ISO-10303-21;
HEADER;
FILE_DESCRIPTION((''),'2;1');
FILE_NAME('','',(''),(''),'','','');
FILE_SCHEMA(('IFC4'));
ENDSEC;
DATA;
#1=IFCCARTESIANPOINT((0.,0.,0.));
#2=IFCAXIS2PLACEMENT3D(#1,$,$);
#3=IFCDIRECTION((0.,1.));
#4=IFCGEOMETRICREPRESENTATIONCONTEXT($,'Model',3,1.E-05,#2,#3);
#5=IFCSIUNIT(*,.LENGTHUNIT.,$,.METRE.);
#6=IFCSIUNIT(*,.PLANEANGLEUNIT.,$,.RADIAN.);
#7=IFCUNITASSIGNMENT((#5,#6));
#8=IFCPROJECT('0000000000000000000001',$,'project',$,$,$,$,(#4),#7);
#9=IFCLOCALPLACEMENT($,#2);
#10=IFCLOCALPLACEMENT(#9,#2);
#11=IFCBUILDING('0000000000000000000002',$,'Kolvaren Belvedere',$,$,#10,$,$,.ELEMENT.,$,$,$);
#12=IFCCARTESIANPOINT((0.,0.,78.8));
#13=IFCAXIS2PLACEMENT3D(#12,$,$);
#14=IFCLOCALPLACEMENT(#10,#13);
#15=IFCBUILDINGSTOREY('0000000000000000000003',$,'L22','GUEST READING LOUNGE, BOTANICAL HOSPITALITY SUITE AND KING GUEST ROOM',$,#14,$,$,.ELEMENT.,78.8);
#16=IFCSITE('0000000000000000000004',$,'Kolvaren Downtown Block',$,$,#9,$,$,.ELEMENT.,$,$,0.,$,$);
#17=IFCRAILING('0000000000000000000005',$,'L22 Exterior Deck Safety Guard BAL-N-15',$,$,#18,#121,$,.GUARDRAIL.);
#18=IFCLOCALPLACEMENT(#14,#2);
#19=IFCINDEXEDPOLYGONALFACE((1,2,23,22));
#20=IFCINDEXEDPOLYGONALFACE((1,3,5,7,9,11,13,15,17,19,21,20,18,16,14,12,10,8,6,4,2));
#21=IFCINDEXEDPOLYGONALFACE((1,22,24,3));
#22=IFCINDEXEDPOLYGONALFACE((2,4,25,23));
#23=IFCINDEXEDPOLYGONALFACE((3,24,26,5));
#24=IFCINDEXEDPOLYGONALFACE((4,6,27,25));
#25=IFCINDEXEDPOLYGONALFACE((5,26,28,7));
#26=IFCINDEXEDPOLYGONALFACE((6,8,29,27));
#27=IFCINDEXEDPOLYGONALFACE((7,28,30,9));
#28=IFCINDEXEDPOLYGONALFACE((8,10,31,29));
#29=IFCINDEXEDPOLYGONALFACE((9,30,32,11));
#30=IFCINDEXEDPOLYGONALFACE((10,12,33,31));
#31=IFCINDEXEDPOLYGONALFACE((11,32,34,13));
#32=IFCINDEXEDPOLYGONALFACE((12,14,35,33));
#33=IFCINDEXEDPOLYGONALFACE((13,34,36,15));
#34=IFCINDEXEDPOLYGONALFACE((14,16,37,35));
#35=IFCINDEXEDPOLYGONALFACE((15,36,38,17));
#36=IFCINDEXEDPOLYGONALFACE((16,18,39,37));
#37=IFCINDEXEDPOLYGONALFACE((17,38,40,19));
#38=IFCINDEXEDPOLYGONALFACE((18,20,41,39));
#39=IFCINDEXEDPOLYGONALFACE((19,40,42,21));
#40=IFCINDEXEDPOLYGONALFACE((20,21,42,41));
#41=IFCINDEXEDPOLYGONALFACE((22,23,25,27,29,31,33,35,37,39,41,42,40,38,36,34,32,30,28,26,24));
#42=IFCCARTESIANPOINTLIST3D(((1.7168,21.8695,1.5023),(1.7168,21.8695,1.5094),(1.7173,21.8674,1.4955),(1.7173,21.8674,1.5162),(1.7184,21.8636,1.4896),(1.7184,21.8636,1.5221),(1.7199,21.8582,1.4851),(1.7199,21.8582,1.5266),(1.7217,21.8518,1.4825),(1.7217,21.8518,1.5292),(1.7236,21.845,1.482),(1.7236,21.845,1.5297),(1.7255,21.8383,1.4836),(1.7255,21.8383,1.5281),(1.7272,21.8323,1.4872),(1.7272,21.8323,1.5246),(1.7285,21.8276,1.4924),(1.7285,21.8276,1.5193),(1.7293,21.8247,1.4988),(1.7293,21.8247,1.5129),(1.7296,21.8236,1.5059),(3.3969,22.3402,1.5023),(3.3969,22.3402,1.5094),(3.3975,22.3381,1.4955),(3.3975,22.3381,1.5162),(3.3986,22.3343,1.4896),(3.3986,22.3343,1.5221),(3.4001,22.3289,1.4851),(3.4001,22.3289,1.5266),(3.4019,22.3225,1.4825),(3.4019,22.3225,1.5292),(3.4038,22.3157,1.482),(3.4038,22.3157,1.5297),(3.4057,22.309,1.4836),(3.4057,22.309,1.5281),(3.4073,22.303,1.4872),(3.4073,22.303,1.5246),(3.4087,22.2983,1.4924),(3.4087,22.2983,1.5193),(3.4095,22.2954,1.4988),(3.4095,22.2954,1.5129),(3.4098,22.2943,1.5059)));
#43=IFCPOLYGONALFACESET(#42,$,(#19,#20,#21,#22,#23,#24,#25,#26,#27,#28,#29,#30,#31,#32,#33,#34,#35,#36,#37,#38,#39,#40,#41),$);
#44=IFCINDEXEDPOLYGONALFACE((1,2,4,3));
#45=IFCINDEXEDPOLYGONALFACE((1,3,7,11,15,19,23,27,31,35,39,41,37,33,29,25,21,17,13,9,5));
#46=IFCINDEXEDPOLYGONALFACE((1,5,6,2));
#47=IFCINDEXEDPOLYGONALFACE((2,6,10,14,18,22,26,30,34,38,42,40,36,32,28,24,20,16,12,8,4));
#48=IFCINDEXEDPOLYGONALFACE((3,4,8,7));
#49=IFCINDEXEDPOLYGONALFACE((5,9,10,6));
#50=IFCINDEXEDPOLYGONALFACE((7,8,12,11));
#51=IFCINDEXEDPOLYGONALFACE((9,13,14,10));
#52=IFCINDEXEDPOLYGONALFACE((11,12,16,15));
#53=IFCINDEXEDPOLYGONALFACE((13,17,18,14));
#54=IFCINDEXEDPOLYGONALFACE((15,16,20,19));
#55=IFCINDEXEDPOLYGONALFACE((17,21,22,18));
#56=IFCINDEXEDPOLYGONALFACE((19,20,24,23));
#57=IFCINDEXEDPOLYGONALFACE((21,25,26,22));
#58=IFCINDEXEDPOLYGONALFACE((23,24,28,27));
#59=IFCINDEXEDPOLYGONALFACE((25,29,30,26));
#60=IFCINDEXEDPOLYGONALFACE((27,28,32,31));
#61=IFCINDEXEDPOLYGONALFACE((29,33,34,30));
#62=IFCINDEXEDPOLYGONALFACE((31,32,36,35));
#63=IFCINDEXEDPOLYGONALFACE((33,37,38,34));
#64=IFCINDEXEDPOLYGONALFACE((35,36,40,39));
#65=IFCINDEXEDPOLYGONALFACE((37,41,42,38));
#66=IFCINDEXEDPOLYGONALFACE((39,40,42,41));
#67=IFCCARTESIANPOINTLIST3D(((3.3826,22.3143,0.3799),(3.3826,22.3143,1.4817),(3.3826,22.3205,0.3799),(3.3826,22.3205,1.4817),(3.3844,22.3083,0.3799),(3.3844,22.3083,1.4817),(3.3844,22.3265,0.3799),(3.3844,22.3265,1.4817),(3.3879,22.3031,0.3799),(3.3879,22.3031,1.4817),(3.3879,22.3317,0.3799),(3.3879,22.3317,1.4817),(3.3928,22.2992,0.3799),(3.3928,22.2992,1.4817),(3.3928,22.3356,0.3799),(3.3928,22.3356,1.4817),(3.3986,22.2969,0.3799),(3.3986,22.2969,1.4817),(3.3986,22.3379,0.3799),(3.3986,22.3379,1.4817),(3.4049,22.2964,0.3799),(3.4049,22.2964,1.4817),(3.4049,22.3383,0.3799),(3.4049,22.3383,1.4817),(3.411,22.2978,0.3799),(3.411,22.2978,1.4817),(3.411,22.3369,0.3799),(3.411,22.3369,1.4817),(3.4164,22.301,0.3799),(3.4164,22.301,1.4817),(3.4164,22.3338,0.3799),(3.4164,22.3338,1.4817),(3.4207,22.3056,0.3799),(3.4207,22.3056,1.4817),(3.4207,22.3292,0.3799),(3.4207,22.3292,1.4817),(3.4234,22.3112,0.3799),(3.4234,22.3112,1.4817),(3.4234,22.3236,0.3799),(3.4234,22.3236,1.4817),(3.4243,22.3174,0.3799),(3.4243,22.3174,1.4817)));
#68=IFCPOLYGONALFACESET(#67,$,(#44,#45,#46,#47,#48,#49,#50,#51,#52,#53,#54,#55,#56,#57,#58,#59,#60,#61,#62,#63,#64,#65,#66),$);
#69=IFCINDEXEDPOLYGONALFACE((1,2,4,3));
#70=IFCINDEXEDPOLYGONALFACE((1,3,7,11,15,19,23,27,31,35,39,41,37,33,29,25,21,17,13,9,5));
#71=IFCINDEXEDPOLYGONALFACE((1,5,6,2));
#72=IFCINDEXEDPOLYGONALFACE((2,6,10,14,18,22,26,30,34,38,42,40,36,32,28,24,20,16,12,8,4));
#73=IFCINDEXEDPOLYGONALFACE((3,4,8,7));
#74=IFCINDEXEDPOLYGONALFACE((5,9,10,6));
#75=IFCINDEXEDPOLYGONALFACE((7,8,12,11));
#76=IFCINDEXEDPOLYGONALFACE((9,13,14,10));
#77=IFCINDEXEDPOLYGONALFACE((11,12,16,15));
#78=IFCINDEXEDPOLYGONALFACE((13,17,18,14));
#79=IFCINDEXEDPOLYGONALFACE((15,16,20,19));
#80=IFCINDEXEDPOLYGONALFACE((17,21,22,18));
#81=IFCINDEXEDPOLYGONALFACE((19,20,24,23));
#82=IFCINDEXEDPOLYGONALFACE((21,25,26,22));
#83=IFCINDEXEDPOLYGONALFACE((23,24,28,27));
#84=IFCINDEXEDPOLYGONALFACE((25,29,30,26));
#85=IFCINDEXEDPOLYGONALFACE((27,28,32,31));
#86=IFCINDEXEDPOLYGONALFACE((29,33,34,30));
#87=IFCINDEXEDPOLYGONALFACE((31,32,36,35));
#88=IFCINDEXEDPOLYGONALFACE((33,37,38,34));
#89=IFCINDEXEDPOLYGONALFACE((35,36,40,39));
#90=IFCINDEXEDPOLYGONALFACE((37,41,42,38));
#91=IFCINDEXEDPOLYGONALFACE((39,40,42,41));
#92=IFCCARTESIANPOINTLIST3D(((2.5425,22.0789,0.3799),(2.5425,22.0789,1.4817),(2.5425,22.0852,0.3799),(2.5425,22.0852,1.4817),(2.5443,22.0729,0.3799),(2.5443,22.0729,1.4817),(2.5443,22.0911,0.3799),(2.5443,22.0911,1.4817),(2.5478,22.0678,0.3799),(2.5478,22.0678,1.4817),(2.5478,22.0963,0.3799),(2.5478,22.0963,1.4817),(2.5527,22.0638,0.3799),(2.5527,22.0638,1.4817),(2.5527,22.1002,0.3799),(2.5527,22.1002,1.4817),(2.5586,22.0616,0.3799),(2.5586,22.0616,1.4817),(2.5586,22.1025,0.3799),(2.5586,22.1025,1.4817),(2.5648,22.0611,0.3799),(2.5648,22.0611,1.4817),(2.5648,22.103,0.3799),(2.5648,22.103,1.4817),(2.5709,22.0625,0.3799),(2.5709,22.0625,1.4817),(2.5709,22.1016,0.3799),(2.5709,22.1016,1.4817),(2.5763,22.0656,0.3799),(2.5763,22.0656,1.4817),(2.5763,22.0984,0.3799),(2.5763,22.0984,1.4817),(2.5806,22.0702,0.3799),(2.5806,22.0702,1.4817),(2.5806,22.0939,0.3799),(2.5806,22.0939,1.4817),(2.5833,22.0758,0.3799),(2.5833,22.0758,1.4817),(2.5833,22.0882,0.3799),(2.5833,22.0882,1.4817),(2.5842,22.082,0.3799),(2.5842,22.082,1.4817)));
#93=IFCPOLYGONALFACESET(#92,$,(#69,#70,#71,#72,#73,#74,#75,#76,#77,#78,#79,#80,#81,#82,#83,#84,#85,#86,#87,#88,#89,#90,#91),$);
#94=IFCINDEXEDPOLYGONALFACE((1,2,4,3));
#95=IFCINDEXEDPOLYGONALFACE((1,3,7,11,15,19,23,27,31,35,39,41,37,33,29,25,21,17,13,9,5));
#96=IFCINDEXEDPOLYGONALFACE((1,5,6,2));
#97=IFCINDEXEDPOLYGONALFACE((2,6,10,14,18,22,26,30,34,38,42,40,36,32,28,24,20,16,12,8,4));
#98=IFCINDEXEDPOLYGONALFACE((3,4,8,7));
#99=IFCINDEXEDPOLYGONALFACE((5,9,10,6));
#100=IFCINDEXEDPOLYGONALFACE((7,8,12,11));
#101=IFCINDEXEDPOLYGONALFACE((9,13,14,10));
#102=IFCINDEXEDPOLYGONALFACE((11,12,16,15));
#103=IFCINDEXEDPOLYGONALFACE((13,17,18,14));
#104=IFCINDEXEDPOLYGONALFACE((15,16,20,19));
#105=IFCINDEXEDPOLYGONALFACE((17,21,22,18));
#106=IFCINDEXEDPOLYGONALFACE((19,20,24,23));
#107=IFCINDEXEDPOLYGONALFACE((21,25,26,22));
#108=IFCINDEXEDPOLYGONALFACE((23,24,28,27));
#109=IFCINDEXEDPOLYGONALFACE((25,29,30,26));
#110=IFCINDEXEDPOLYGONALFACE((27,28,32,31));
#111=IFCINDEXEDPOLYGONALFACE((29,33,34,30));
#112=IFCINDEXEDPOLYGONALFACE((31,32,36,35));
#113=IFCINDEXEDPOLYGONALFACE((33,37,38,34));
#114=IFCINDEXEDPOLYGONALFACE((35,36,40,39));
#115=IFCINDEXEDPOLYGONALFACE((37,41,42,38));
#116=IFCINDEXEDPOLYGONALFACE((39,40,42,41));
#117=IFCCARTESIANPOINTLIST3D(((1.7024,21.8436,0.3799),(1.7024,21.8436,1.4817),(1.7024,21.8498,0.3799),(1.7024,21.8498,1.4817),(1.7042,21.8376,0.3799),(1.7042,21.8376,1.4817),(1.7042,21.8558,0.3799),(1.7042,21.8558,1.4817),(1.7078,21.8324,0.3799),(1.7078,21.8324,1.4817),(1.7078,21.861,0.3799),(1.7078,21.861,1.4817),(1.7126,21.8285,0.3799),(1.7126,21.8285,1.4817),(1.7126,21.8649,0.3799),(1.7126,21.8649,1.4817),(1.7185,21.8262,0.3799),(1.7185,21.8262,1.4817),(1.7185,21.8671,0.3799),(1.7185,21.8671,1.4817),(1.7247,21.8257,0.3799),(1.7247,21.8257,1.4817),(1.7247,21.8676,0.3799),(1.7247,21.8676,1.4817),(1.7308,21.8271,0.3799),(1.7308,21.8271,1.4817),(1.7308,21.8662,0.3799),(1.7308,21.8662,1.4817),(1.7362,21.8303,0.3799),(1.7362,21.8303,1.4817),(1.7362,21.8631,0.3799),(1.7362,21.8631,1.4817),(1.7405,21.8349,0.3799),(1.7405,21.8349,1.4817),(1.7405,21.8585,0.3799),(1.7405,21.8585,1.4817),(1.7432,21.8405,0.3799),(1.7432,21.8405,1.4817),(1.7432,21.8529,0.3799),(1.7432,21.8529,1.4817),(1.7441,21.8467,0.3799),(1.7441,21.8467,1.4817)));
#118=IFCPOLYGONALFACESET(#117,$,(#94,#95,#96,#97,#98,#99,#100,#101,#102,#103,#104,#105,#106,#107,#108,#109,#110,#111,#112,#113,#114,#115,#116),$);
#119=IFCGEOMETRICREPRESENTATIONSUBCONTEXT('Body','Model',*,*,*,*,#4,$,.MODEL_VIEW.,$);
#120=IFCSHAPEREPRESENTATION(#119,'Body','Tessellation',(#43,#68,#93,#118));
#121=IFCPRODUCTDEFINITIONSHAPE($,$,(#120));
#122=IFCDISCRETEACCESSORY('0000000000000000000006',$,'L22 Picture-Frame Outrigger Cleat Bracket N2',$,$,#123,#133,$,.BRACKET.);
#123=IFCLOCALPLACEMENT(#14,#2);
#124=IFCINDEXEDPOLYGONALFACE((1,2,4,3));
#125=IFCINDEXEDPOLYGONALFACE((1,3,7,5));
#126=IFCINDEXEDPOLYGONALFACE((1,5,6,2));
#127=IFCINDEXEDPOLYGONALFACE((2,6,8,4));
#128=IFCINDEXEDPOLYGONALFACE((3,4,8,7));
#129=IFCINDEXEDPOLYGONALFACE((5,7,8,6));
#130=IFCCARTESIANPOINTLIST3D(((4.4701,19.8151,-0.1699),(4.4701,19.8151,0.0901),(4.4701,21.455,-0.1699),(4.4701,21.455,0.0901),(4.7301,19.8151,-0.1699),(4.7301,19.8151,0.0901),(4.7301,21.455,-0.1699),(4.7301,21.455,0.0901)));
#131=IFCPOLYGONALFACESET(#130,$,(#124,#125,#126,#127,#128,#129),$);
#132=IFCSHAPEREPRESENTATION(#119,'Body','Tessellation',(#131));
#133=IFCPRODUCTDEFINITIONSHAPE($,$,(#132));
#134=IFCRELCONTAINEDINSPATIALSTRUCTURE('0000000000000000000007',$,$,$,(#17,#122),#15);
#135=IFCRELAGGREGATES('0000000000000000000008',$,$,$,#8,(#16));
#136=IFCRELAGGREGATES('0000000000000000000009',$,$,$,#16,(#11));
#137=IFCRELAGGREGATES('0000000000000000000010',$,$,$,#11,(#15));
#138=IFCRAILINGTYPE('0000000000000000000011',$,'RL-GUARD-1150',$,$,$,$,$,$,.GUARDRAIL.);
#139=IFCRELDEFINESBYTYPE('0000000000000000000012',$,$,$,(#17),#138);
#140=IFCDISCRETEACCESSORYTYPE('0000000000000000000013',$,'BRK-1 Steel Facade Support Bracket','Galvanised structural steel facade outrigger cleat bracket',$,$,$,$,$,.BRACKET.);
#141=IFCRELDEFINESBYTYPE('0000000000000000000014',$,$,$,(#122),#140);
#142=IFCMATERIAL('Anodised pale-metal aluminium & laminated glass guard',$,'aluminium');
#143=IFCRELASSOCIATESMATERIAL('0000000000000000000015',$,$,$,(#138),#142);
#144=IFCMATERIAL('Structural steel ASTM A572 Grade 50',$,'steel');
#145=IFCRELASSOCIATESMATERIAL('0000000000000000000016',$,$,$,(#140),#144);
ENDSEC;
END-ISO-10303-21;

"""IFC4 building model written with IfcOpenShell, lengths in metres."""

from ifc_helpers import new_model, si_unit, direction, frame, origin, origin_2d, place, context, subcontext, project, spatial, rectangle, circle, extrude, material, type_object, element, save


model = new_model("IFC4")

# Units and contexts
model_context = context("Model", 3, precision=1e-05, world=origin(), true_north=direction((0.0, 1.0)))
body_context = subcontext(model_context, "Body", "Model", "MODEL_VIEW")
ifc_project = project(units=[si_unit("LENGTHUNIT", "METRE"), si_unit("PLANEANGLEUNIT", "RADIAN")], contexts=[model_context])

# Site, building, storey
site_placement = place(None, origin())
site = spatial("IfcSite", under=ifc_project, at=site_placement, Name="Kolvaren Downtown Block", CompositionType="ELEMENT", RefElevation=0.0)
building_placement = place(site_placement, origin())
building = spatial("IfcBuilding", under=site, at=building_placement, Name="Kolvaren Belvedere", CompositionType="ELEMENT")
storey_placement = place(building_placement, frame((0.0, 0.0, 78.8)))
storey = spatial("IfcBuildingStorey", under=building, at=storey_placement, Name="L22", Description="GUEST READING LOUNGE, BOTANICAL HOSPITALITY SUITE AND KING GUEST ROOM", CompositionType="ELEMENT", Elevation=78.8)

# Railing
ifc_material_1 = material(Name="Anodised pale-metal aluminium & laminated glass guard", Category="aluminium")
railing_type = type_object("IfcRailingType", Name="RL-GUARD-1150", PredefinedType="GUARDRAIL", material=ifc_material_1)
railing_1_placement = place(storey_placement, frame((3.4033, 22.3174, 0.3799)))
element("IfcRailing", 1, at=railing_1_placement, inside=storey, type_object=railing_type, Name="L22 Exterior Deck Safety Guard BAL-N-15", PredefinedType="GUARDRAIL", context=body_context, shape_type="SweptSolid", body=[
    extrude(circle(Radius=0.0239, at=origin_2d()), frame((0.0, 0.0, 1.126), z_axis=(-0.962926, -0.269765, 0.0), x_axis=(0.269765, -0.962926, 0.0)), (0.0, 0.0, 1.0), 1.7449),
    extrude(circle(Radius=0.021, at=origin_2d()), origin(), (0.0, 0.0, 1.0), 1.1018),
    extrude(circle(Radius=0.021, at=origin_2d()), frame((-0.8401, -0.2354, 0.0)), (0.0, 0.0, 1.0), 1.1018),
    extrude(circle(Radius=0.021, at=origin_2d()), frame((-1.6802, -0.4707, 0.0)), (0.0, 0.0, 1.0), 1.1018),
])

# Discrete accessory
ifc_material_2 = material(Name="Structural steel ASTM A572 Grade 50", Category="steel")
discrete_accessory_type = type_object("IfcDiscreteAccessoryType", Name="BRK-1 Steel Facade Support Bracket", Description="Galvanised structural steel facade outrigger cleat bracket", PredefinedType="BRACKET", material=ifc_material_2)
discrete_accessory_placement = place(storey_placement, frame((4.6001, 20.635, -0.1699), z_axis=(0.0, 0.0, 1.0), x_axis=(0.0, 1.0, 0.0)))
element("IfcDiscreteAccessory", 2, at=discrete_accessory_placement, inside=storey, type_object=discrete_accessory_type, Name="L22 Picture-Frame Outrigger Cleat Bracket N2", PredefinedType="BRACKET", context=body_context, shape_type="SweptSolid", body=[
    extrude(rectangle(XDim=1.6399, YDim=0.26, at=origin_2d()), origin(), (0.0, 0.0, 1.0), 0.26),
])

save(model, "model.ifc")
